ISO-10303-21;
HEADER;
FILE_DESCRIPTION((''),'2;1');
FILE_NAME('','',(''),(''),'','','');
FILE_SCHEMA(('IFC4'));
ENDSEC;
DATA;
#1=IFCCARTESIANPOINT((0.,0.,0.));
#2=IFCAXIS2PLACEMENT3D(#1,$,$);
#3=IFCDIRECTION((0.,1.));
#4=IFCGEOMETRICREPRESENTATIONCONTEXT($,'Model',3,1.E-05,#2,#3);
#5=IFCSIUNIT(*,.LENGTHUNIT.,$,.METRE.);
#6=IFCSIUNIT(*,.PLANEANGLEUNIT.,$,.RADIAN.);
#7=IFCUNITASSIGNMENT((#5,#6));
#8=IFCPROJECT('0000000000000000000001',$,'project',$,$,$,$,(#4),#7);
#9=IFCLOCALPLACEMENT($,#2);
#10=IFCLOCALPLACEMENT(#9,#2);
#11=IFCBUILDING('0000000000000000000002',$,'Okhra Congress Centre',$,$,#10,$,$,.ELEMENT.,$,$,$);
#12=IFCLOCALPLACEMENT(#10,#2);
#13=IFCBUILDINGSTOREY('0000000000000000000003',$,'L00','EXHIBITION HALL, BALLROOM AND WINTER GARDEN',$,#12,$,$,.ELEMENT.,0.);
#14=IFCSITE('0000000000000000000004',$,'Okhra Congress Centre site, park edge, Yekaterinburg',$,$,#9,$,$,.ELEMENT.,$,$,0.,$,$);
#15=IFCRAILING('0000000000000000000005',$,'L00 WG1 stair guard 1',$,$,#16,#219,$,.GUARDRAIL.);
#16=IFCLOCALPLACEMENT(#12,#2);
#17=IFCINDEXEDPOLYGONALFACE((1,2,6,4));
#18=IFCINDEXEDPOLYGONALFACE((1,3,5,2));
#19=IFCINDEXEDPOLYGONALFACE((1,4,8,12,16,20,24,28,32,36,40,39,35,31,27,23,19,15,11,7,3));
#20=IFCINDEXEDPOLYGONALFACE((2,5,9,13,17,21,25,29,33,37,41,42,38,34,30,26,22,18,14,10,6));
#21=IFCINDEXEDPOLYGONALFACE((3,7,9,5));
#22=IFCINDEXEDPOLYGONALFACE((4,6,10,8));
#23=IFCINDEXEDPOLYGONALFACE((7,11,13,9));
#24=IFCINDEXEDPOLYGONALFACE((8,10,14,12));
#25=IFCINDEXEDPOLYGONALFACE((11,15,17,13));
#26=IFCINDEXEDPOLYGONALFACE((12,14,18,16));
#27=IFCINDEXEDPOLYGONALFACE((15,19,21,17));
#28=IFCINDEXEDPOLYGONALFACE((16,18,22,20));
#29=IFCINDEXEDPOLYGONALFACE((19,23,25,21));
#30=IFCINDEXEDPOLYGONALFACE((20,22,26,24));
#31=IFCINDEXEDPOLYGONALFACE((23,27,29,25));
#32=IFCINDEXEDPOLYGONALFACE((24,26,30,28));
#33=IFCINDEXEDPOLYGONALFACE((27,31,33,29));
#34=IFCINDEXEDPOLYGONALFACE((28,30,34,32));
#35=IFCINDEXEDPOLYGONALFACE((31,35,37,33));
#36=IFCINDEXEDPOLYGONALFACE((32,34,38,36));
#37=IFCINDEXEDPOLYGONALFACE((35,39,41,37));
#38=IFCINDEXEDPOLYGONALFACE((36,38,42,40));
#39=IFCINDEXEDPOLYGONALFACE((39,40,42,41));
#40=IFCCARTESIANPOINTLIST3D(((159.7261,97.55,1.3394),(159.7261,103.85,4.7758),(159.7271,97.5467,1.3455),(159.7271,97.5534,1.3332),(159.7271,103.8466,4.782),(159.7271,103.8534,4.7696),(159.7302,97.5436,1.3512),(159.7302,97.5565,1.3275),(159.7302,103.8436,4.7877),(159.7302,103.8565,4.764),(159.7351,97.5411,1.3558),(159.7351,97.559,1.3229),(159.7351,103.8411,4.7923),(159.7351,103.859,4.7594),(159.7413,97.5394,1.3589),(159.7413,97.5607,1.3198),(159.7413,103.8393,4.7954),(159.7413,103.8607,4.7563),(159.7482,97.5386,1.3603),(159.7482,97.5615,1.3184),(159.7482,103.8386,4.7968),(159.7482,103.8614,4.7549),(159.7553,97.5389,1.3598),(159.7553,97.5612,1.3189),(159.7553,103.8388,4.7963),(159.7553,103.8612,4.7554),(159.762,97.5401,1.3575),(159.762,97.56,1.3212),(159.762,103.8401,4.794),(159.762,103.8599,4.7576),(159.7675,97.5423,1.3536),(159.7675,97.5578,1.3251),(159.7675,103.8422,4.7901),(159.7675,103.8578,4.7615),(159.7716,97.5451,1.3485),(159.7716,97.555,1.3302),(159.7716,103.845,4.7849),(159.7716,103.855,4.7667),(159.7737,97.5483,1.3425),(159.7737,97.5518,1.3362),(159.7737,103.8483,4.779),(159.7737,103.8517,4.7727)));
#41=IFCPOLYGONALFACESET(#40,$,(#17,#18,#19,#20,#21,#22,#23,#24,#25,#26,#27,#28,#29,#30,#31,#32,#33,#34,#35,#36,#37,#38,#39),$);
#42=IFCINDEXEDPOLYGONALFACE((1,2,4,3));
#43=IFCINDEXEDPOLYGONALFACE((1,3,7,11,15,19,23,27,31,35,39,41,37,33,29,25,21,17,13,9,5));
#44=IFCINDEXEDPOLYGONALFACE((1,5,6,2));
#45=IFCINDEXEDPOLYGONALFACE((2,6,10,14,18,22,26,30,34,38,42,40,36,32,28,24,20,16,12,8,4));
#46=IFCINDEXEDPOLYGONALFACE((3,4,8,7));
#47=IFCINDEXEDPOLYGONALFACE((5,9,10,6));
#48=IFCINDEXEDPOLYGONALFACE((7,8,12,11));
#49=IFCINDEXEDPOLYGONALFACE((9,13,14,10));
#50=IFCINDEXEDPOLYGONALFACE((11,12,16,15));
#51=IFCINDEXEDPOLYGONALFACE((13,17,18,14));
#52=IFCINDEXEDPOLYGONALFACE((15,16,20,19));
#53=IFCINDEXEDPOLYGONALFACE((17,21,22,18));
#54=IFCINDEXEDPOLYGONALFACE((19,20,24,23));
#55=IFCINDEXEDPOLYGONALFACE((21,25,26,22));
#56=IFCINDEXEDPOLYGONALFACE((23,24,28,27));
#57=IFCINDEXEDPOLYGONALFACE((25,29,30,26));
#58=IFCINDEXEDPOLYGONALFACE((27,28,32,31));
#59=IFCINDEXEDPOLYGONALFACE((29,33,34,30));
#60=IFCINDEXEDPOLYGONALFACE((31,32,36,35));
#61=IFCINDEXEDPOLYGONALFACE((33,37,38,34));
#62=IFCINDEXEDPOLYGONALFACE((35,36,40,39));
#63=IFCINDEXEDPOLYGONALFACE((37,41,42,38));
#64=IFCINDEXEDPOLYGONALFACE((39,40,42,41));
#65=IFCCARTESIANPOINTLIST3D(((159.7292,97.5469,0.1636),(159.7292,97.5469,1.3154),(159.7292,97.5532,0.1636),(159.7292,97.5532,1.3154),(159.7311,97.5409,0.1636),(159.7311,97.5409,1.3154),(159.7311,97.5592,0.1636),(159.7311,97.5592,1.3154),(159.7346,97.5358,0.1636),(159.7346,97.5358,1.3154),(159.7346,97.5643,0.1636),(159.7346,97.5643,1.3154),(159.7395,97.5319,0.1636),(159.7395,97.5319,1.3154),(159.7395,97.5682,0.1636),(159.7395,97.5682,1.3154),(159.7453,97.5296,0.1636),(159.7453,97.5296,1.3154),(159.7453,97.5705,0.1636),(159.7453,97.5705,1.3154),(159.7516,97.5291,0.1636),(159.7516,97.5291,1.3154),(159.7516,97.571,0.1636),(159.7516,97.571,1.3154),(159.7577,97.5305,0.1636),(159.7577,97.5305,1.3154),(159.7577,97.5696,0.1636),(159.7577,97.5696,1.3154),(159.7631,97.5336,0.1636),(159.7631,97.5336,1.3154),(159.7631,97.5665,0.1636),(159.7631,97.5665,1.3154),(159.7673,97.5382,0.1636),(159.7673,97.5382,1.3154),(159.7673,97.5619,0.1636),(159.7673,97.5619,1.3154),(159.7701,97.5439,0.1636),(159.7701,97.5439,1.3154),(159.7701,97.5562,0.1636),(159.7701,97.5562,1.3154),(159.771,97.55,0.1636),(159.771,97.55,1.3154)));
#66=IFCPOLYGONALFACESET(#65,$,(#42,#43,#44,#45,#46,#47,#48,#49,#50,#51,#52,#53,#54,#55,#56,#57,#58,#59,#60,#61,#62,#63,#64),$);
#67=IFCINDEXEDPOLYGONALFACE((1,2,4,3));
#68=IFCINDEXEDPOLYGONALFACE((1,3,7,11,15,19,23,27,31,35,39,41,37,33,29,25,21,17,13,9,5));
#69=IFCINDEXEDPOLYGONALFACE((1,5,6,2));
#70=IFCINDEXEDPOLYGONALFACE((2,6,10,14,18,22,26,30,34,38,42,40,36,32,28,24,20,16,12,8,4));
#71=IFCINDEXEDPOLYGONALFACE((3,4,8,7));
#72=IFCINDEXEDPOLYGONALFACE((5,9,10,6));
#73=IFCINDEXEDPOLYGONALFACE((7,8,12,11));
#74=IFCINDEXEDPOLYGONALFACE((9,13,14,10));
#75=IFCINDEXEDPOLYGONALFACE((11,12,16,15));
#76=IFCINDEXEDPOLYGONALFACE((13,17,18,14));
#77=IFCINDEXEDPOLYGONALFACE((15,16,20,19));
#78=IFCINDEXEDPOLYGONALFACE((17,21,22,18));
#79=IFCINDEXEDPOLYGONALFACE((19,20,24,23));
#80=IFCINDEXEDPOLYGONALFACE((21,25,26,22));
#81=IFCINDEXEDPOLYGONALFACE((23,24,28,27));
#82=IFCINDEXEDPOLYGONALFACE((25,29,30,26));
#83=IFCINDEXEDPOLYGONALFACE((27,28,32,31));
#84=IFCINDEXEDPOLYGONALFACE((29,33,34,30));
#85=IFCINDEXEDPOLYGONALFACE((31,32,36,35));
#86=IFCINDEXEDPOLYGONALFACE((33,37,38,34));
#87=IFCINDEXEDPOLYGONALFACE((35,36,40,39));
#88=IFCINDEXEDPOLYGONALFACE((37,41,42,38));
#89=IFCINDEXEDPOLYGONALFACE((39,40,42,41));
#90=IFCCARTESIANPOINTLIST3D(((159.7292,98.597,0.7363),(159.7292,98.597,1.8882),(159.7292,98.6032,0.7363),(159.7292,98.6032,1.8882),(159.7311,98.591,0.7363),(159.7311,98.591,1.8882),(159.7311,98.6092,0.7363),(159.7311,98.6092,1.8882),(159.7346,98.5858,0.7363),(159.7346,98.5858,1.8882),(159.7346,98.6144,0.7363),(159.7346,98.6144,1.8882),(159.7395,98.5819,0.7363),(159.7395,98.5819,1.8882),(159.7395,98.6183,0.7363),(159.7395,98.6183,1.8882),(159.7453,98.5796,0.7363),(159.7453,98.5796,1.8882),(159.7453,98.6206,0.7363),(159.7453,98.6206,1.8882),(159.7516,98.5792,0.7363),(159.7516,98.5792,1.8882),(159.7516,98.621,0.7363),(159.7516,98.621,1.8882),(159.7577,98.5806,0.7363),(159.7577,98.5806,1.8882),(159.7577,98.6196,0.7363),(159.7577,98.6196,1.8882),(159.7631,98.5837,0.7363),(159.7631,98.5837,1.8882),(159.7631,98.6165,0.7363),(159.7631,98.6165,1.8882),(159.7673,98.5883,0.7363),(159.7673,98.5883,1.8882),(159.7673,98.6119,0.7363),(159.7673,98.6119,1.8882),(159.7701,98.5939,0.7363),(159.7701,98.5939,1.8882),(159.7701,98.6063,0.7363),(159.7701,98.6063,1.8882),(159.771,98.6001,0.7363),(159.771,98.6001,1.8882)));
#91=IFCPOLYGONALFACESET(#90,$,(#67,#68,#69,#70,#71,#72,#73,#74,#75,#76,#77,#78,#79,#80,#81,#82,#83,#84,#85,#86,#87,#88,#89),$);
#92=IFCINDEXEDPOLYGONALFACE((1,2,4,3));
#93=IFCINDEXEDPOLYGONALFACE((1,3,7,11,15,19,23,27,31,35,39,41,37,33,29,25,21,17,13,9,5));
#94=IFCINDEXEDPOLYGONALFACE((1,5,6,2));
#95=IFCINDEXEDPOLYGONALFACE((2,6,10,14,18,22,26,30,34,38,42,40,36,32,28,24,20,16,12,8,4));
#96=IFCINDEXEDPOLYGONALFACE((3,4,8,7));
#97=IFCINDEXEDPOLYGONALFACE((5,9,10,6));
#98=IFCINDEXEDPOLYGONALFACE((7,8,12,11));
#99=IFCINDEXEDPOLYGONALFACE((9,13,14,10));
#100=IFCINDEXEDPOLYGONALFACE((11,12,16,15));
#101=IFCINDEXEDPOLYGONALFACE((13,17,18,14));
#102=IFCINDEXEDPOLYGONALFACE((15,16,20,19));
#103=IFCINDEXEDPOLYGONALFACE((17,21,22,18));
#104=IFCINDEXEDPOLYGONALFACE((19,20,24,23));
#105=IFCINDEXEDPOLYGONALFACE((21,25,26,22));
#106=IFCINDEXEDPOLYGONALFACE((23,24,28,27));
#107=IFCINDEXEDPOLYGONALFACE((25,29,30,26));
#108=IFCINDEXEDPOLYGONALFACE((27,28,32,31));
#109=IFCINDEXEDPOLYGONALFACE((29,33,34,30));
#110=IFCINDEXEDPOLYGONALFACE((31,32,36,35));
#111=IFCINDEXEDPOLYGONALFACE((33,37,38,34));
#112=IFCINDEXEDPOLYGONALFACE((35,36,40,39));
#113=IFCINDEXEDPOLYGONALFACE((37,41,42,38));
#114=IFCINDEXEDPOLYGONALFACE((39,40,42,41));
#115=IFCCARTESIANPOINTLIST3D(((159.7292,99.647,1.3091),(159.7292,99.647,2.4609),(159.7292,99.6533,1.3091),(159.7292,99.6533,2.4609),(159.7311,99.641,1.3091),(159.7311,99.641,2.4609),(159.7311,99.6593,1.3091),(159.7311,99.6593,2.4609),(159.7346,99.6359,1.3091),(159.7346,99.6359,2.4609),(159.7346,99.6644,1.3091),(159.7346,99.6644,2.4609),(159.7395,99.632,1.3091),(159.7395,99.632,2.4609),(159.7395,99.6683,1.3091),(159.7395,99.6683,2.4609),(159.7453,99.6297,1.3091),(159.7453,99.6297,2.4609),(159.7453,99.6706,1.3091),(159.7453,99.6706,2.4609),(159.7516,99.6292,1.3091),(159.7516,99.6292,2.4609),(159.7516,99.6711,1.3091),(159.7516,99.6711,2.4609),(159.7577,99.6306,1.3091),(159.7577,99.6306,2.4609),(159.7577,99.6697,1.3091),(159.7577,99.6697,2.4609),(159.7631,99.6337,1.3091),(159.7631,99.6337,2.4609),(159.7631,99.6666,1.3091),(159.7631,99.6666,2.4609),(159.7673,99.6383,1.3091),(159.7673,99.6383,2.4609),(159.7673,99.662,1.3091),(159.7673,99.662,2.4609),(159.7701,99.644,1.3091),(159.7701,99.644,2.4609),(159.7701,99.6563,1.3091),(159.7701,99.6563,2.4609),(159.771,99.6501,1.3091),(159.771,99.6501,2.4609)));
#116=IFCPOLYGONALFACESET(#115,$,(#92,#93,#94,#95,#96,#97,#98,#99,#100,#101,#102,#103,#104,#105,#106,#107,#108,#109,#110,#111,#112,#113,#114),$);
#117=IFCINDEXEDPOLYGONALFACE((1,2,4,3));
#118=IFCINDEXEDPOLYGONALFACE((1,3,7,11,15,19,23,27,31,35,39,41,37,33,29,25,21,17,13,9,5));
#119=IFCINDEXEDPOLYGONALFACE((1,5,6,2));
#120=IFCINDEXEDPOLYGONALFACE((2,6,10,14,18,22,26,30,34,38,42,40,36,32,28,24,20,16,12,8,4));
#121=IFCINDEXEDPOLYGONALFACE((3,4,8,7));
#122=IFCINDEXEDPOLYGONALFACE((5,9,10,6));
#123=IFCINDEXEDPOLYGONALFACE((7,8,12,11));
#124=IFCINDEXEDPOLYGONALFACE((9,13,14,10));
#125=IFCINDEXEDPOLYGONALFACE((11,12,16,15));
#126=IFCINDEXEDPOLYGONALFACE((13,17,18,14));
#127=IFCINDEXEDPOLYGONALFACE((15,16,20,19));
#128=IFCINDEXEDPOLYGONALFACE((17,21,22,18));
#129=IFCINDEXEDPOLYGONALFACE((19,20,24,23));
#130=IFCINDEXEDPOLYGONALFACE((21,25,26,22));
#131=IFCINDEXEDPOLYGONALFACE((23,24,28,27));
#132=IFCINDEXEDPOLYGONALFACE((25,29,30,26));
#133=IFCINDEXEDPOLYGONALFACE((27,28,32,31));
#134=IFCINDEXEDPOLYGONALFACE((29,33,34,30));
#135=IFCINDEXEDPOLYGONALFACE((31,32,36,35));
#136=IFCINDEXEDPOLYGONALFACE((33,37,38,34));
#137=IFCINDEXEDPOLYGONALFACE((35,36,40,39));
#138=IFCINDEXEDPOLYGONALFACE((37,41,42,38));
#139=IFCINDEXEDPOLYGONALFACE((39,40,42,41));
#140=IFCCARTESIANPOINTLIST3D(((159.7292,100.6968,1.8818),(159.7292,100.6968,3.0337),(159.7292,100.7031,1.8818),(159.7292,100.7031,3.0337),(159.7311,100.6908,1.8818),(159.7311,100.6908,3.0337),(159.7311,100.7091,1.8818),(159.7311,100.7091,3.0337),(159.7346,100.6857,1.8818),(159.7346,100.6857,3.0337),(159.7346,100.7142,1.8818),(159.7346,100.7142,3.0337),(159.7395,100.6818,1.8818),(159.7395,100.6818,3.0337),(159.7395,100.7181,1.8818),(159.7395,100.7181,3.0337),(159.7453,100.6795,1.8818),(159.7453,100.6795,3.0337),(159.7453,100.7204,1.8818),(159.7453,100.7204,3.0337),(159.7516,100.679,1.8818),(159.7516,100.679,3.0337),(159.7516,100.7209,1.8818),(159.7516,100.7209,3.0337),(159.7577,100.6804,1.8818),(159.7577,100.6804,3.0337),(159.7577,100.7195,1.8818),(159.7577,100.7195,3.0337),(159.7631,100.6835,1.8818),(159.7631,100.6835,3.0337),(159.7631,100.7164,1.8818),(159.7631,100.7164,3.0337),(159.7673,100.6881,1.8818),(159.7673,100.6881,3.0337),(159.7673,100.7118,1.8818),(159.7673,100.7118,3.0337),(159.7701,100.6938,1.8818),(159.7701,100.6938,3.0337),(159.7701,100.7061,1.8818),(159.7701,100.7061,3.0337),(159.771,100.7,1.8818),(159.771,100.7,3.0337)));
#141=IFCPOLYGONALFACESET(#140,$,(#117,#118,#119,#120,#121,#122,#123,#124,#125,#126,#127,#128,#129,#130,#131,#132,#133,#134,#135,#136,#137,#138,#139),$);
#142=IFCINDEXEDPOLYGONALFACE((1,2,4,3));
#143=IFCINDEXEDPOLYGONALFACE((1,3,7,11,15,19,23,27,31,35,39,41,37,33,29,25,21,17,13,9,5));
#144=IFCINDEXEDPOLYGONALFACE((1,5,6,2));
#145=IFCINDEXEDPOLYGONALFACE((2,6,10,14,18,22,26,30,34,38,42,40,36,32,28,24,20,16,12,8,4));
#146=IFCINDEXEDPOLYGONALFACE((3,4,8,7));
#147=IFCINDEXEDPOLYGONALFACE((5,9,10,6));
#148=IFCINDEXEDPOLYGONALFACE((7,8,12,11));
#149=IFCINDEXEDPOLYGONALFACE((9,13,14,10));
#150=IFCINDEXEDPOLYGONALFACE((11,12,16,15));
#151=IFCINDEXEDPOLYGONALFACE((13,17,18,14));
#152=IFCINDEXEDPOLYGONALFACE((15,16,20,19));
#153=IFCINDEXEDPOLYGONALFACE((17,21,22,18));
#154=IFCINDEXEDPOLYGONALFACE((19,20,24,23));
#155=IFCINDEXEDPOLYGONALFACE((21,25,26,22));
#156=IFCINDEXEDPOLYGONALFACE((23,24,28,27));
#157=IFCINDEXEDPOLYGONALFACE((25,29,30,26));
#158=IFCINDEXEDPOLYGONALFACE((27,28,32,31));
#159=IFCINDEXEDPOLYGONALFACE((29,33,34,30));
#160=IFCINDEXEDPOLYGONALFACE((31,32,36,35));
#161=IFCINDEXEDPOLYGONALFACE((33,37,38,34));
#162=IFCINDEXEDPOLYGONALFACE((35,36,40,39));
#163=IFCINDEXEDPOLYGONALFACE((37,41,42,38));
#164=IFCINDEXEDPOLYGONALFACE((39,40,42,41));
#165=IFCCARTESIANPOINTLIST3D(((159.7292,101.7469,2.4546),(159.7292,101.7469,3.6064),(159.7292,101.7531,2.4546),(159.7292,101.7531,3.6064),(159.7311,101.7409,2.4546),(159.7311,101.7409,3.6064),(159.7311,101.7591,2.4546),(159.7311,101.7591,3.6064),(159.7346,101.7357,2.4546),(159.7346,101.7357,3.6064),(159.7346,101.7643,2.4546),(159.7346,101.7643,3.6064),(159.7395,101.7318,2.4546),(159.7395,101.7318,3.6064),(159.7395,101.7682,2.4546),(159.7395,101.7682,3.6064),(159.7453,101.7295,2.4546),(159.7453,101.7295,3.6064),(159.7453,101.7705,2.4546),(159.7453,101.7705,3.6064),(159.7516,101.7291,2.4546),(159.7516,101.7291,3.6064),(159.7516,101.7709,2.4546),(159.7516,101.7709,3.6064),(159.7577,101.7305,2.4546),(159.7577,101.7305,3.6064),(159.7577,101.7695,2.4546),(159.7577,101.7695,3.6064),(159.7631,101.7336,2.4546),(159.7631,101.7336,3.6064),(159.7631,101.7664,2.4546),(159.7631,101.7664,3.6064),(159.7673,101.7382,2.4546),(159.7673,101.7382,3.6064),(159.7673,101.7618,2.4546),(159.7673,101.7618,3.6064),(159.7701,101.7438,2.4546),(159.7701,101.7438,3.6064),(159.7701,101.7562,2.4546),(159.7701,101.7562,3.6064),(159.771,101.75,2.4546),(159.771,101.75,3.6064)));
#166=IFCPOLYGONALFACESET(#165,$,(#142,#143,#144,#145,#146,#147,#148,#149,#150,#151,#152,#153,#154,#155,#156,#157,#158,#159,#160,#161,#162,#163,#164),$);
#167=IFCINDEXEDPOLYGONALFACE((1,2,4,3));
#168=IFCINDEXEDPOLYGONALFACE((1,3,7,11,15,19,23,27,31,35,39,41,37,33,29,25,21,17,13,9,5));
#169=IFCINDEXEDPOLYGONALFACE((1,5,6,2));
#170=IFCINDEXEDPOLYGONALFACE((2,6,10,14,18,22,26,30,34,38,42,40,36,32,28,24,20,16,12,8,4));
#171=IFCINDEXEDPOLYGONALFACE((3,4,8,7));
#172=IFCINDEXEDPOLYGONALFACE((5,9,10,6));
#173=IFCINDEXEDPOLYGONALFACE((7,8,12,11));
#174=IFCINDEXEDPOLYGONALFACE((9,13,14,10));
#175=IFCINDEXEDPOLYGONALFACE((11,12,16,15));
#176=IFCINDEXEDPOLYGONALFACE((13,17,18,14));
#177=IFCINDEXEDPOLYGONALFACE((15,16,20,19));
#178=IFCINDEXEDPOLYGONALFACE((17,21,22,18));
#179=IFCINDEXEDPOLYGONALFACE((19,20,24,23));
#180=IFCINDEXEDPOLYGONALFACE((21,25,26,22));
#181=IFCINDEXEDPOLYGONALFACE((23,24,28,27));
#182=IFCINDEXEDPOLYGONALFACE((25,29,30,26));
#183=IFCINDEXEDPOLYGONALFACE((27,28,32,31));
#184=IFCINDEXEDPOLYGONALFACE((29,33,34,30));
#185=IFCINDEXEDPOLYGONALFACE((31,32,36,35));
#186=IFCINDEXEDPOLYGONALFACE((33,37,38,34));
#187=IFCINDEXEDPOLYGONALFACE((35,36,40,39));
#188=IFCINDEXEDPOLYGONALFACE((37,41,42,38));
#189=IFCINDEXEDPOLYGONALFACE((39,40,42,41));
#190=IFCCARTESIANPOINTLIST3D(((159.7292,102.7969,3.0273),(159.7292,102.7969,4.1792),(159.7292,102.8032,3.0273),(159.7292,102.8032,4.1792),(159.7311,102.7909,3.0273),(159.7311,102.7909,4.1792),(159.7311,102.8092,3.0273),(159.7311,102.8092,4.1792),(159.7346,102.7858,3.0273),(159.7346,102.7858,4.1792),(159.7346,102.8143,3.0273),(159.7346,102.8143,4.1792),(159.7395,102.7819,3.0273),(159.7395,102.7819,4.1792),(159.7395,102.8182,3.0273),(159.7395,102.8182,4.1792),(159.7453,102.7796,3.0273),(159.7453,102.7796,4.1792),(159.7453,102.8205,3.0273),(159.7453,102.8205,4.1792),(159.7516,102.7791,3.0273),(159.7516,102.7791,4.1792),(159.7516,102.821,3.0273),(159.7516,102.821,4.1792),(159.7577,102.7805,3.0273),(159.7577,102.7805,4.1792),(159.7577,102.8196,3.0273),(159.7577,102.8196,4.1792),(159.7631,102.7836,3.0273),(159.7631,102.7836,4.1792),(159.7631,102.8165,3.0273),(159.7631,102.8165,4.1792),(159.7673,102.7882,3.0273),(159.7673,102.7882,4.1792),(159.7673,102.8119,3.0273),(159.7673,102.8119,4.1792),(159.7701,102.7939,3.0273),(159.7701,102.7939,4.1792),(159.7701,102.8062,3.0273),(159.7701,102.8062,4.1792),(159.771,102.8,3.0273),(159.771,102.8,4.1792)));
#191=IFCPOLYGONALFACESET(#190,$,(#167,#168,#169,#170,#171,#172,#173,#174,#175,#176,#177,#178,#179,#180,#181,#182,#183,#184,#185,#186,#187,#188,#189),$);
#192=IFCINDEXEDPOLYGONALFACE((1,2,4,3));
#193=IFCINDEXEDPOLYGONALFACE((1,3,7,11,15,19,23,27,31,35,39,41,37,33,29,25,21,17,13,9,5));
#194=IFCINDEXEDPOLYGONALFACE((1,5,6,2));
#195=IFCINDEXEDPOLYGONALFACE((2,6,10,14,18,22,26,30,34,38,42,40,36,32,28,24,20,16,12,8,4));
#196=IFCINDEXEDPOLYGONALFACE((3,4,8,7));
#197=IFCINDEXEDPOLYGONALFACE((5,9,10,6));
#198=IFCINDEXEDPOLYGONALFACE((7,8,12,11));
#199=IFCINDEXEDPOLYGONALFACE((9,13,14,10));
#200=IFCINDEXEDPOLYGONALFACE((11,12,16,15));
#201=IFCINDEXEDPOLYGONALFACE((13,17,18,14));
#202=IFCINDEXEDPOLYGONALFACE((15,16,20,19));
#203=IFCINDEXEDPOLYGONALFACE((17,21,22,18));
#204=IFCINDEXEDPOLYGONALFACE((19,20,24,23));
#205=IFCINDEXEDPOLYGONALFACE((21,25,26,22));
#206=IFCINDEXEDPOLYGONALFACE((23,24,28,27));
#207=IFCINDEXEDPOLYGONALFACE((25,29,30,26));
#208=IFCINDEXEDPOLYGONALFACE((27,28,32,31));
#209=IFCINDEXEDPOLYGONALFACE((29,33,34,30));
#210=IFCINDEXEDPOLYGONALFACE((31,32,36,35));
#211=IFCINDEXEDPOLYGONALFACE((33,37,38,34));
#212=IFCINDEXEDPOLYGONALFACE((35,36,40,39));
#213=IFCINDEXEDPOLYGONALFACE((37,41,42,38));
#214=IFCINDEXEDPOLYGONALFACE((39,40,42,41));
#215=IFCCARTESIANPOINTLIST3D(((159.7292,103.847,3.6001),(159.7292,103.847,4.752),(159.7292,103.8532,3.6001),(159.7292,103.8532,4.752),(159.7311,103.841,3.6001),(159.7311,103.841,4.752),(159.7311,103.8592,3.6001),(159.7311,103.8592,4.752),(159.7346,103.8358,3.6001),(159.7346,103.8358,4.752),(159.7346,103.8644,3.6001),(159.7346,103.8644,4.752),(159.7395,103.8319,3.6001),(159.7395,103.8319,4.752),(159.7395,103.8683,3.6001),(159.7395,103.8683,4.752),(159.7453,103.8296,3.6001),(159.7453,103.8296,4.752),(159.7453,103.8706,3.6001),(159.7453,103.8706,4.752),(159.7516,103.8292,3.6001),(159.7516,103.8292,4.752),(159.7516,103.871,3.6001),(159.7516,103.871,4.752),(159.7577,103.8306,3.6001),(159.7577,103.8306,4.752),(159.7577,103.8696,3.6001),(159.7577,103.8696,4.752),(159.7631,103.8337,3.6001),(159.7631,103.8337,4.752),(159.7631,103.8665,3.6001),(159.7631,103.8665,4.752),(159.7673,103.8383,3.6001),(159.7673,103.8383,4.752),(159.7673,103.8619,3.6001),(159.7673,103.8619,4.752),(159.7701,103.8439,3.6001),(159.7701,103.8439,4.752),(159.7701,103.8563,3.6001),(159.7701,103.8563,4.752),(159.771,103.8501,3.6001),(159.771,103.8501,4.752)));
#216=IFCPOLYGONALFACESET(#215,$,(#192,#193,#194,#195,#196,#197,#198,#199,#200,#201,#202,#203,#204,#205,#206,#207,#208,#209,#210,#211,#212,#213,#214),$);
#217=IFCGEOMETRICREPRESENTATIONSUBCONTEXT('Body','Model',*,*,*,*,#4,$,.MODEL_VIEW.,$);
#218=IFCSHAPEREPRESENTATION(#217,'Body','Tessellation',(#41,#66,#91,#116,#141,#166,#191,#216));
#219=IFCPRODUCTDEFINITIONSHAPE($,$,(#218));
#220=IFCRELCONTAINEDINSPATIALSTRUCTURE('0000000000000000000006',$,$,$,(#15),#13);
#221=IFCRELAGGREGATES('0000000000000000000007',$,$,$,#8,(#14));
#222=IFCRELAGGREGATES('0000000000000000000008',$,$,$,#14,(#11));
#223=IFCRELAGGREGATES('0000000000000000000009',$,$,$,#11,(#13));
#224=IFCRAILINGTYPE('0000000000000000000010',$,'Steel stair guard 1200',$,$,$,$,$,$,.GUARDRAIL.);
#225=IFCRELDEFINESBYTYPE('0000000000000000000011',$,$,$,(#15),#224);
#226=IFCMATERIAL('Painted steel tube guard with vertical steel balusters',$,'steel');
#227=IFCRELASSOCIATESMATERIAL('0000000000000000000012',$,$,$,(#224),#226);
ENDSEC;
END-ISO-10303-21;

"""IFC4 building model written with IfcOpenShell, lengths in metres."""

from ifc_helpers import new_model, si_unit, direction, frame, origin, origin_2d, place, context, subcontext, project, spatial, circle, extrude, material, type_object, element, save


model = new_model("IFC4")

# Units and contexts
model_context = context("Model", 3, precision=1e-05, world=origin(), true_north=direction((0.0, 1.0)))
body_context = subcontext(model_context, "Body", "Model", "MODEL_VIEW")
ifc_project = project(units=[si_unit("LENGTHUNIT", "METRE"), si_unit("PLANEANGLEUNIT", "RADIAN")], contexts=[model_context])

# Site, building, storey
site_placement = place(None, origin())
site = spatial("IfcSite", under=ifc_project, at=site_placement, Name="Okhra Congress Centre site, park edge, Yekaterinburg", CompositionType="ELEMENT", RefElevation=0.0)
building_placement = place(site_placement, origin())
building = spatial("IfcBuilding", under=site, at=building_placement, Name="Okhra Congress Centre", CompositionType="ELEMENT")
storey_placement = place(building_placement, origin())
storey = spatial("IfcBuildingStorey", under=building, at=storey_placement, Name="L00", Description="EXHIBITION HALL, BALLROOM AND WINTER GARDEN", CompositionType="ELEMENT", Elevation=0.0)

# Railing
ifc_material_1 = material(Name="Painted steel tube guard with vertical steel balusters", Category="steel")
railing_type_1 = type_object("IfcRailingType", Name="Steel stair guard 1200", PredefinedType="GUARDRAIL", material=ifc_material_1)
railing_1_placement = place(storey_placement, frame((159.75, 97.55, 0.1636)))
element("IfcRailing", 1, at=railing_1_placement, inside=storey, type_object=railing_type_1, Name="L00 WG1 stair guard 1", PredefinedType="GUARDRAIL", context=body_context, shape_type="SweptSolid", body=[
    extrude(circle(Radius=0.0239, at=origin_2d()), frame((0.0, 0.0, 1.1758), z_axis=(0.0, 0.877888, 0.478866), x_axis=(-1.0, 0.0, 0.0)), (0.0, 0.0, 1.0), 7.1763),
    extrude(circle(Radius=0.021, at=origin_2d()), origin(), (0.0, 0.0, 1.0), 1.1519),
    extrude(circle(Radius=0.021, at=origin_2d()), frame((0.0, 1.05, 0.5728)), (0.0, 0.0, 1.0), 1.1519),
    extrude(circle(Radius=0.021, at=origin_2d()), frame((0.0, 2.1001, 1.1455)), (0.0, 0.0, 1.0), 1.1519),
    extrude(circle(Radius=0.021, at=origin_2d()), frame((0.0, 3.1499, 1.7183)), (0.0, 0.0, 1.0), 1.1519),
    extrude(circle(Radius=0.021, at=origin_2d()), frame((0.0, 4.2, 2.291)), (0.0, 0.0, 1.0), 1.1519),
    extrude(circle(Radius=0.021, at=origin_2d()), frame((0.0, 5.25, 2.8638)), (0.0, 0.0, 1.0), 1.1519),
    extrude(circle(Radius=0.021, at=origin_2d()), frame((0.0, 6.3, 3.4365)), (0.0, 0.0, 1.0), 1.1519),
])

save(model, "model.ifc")
